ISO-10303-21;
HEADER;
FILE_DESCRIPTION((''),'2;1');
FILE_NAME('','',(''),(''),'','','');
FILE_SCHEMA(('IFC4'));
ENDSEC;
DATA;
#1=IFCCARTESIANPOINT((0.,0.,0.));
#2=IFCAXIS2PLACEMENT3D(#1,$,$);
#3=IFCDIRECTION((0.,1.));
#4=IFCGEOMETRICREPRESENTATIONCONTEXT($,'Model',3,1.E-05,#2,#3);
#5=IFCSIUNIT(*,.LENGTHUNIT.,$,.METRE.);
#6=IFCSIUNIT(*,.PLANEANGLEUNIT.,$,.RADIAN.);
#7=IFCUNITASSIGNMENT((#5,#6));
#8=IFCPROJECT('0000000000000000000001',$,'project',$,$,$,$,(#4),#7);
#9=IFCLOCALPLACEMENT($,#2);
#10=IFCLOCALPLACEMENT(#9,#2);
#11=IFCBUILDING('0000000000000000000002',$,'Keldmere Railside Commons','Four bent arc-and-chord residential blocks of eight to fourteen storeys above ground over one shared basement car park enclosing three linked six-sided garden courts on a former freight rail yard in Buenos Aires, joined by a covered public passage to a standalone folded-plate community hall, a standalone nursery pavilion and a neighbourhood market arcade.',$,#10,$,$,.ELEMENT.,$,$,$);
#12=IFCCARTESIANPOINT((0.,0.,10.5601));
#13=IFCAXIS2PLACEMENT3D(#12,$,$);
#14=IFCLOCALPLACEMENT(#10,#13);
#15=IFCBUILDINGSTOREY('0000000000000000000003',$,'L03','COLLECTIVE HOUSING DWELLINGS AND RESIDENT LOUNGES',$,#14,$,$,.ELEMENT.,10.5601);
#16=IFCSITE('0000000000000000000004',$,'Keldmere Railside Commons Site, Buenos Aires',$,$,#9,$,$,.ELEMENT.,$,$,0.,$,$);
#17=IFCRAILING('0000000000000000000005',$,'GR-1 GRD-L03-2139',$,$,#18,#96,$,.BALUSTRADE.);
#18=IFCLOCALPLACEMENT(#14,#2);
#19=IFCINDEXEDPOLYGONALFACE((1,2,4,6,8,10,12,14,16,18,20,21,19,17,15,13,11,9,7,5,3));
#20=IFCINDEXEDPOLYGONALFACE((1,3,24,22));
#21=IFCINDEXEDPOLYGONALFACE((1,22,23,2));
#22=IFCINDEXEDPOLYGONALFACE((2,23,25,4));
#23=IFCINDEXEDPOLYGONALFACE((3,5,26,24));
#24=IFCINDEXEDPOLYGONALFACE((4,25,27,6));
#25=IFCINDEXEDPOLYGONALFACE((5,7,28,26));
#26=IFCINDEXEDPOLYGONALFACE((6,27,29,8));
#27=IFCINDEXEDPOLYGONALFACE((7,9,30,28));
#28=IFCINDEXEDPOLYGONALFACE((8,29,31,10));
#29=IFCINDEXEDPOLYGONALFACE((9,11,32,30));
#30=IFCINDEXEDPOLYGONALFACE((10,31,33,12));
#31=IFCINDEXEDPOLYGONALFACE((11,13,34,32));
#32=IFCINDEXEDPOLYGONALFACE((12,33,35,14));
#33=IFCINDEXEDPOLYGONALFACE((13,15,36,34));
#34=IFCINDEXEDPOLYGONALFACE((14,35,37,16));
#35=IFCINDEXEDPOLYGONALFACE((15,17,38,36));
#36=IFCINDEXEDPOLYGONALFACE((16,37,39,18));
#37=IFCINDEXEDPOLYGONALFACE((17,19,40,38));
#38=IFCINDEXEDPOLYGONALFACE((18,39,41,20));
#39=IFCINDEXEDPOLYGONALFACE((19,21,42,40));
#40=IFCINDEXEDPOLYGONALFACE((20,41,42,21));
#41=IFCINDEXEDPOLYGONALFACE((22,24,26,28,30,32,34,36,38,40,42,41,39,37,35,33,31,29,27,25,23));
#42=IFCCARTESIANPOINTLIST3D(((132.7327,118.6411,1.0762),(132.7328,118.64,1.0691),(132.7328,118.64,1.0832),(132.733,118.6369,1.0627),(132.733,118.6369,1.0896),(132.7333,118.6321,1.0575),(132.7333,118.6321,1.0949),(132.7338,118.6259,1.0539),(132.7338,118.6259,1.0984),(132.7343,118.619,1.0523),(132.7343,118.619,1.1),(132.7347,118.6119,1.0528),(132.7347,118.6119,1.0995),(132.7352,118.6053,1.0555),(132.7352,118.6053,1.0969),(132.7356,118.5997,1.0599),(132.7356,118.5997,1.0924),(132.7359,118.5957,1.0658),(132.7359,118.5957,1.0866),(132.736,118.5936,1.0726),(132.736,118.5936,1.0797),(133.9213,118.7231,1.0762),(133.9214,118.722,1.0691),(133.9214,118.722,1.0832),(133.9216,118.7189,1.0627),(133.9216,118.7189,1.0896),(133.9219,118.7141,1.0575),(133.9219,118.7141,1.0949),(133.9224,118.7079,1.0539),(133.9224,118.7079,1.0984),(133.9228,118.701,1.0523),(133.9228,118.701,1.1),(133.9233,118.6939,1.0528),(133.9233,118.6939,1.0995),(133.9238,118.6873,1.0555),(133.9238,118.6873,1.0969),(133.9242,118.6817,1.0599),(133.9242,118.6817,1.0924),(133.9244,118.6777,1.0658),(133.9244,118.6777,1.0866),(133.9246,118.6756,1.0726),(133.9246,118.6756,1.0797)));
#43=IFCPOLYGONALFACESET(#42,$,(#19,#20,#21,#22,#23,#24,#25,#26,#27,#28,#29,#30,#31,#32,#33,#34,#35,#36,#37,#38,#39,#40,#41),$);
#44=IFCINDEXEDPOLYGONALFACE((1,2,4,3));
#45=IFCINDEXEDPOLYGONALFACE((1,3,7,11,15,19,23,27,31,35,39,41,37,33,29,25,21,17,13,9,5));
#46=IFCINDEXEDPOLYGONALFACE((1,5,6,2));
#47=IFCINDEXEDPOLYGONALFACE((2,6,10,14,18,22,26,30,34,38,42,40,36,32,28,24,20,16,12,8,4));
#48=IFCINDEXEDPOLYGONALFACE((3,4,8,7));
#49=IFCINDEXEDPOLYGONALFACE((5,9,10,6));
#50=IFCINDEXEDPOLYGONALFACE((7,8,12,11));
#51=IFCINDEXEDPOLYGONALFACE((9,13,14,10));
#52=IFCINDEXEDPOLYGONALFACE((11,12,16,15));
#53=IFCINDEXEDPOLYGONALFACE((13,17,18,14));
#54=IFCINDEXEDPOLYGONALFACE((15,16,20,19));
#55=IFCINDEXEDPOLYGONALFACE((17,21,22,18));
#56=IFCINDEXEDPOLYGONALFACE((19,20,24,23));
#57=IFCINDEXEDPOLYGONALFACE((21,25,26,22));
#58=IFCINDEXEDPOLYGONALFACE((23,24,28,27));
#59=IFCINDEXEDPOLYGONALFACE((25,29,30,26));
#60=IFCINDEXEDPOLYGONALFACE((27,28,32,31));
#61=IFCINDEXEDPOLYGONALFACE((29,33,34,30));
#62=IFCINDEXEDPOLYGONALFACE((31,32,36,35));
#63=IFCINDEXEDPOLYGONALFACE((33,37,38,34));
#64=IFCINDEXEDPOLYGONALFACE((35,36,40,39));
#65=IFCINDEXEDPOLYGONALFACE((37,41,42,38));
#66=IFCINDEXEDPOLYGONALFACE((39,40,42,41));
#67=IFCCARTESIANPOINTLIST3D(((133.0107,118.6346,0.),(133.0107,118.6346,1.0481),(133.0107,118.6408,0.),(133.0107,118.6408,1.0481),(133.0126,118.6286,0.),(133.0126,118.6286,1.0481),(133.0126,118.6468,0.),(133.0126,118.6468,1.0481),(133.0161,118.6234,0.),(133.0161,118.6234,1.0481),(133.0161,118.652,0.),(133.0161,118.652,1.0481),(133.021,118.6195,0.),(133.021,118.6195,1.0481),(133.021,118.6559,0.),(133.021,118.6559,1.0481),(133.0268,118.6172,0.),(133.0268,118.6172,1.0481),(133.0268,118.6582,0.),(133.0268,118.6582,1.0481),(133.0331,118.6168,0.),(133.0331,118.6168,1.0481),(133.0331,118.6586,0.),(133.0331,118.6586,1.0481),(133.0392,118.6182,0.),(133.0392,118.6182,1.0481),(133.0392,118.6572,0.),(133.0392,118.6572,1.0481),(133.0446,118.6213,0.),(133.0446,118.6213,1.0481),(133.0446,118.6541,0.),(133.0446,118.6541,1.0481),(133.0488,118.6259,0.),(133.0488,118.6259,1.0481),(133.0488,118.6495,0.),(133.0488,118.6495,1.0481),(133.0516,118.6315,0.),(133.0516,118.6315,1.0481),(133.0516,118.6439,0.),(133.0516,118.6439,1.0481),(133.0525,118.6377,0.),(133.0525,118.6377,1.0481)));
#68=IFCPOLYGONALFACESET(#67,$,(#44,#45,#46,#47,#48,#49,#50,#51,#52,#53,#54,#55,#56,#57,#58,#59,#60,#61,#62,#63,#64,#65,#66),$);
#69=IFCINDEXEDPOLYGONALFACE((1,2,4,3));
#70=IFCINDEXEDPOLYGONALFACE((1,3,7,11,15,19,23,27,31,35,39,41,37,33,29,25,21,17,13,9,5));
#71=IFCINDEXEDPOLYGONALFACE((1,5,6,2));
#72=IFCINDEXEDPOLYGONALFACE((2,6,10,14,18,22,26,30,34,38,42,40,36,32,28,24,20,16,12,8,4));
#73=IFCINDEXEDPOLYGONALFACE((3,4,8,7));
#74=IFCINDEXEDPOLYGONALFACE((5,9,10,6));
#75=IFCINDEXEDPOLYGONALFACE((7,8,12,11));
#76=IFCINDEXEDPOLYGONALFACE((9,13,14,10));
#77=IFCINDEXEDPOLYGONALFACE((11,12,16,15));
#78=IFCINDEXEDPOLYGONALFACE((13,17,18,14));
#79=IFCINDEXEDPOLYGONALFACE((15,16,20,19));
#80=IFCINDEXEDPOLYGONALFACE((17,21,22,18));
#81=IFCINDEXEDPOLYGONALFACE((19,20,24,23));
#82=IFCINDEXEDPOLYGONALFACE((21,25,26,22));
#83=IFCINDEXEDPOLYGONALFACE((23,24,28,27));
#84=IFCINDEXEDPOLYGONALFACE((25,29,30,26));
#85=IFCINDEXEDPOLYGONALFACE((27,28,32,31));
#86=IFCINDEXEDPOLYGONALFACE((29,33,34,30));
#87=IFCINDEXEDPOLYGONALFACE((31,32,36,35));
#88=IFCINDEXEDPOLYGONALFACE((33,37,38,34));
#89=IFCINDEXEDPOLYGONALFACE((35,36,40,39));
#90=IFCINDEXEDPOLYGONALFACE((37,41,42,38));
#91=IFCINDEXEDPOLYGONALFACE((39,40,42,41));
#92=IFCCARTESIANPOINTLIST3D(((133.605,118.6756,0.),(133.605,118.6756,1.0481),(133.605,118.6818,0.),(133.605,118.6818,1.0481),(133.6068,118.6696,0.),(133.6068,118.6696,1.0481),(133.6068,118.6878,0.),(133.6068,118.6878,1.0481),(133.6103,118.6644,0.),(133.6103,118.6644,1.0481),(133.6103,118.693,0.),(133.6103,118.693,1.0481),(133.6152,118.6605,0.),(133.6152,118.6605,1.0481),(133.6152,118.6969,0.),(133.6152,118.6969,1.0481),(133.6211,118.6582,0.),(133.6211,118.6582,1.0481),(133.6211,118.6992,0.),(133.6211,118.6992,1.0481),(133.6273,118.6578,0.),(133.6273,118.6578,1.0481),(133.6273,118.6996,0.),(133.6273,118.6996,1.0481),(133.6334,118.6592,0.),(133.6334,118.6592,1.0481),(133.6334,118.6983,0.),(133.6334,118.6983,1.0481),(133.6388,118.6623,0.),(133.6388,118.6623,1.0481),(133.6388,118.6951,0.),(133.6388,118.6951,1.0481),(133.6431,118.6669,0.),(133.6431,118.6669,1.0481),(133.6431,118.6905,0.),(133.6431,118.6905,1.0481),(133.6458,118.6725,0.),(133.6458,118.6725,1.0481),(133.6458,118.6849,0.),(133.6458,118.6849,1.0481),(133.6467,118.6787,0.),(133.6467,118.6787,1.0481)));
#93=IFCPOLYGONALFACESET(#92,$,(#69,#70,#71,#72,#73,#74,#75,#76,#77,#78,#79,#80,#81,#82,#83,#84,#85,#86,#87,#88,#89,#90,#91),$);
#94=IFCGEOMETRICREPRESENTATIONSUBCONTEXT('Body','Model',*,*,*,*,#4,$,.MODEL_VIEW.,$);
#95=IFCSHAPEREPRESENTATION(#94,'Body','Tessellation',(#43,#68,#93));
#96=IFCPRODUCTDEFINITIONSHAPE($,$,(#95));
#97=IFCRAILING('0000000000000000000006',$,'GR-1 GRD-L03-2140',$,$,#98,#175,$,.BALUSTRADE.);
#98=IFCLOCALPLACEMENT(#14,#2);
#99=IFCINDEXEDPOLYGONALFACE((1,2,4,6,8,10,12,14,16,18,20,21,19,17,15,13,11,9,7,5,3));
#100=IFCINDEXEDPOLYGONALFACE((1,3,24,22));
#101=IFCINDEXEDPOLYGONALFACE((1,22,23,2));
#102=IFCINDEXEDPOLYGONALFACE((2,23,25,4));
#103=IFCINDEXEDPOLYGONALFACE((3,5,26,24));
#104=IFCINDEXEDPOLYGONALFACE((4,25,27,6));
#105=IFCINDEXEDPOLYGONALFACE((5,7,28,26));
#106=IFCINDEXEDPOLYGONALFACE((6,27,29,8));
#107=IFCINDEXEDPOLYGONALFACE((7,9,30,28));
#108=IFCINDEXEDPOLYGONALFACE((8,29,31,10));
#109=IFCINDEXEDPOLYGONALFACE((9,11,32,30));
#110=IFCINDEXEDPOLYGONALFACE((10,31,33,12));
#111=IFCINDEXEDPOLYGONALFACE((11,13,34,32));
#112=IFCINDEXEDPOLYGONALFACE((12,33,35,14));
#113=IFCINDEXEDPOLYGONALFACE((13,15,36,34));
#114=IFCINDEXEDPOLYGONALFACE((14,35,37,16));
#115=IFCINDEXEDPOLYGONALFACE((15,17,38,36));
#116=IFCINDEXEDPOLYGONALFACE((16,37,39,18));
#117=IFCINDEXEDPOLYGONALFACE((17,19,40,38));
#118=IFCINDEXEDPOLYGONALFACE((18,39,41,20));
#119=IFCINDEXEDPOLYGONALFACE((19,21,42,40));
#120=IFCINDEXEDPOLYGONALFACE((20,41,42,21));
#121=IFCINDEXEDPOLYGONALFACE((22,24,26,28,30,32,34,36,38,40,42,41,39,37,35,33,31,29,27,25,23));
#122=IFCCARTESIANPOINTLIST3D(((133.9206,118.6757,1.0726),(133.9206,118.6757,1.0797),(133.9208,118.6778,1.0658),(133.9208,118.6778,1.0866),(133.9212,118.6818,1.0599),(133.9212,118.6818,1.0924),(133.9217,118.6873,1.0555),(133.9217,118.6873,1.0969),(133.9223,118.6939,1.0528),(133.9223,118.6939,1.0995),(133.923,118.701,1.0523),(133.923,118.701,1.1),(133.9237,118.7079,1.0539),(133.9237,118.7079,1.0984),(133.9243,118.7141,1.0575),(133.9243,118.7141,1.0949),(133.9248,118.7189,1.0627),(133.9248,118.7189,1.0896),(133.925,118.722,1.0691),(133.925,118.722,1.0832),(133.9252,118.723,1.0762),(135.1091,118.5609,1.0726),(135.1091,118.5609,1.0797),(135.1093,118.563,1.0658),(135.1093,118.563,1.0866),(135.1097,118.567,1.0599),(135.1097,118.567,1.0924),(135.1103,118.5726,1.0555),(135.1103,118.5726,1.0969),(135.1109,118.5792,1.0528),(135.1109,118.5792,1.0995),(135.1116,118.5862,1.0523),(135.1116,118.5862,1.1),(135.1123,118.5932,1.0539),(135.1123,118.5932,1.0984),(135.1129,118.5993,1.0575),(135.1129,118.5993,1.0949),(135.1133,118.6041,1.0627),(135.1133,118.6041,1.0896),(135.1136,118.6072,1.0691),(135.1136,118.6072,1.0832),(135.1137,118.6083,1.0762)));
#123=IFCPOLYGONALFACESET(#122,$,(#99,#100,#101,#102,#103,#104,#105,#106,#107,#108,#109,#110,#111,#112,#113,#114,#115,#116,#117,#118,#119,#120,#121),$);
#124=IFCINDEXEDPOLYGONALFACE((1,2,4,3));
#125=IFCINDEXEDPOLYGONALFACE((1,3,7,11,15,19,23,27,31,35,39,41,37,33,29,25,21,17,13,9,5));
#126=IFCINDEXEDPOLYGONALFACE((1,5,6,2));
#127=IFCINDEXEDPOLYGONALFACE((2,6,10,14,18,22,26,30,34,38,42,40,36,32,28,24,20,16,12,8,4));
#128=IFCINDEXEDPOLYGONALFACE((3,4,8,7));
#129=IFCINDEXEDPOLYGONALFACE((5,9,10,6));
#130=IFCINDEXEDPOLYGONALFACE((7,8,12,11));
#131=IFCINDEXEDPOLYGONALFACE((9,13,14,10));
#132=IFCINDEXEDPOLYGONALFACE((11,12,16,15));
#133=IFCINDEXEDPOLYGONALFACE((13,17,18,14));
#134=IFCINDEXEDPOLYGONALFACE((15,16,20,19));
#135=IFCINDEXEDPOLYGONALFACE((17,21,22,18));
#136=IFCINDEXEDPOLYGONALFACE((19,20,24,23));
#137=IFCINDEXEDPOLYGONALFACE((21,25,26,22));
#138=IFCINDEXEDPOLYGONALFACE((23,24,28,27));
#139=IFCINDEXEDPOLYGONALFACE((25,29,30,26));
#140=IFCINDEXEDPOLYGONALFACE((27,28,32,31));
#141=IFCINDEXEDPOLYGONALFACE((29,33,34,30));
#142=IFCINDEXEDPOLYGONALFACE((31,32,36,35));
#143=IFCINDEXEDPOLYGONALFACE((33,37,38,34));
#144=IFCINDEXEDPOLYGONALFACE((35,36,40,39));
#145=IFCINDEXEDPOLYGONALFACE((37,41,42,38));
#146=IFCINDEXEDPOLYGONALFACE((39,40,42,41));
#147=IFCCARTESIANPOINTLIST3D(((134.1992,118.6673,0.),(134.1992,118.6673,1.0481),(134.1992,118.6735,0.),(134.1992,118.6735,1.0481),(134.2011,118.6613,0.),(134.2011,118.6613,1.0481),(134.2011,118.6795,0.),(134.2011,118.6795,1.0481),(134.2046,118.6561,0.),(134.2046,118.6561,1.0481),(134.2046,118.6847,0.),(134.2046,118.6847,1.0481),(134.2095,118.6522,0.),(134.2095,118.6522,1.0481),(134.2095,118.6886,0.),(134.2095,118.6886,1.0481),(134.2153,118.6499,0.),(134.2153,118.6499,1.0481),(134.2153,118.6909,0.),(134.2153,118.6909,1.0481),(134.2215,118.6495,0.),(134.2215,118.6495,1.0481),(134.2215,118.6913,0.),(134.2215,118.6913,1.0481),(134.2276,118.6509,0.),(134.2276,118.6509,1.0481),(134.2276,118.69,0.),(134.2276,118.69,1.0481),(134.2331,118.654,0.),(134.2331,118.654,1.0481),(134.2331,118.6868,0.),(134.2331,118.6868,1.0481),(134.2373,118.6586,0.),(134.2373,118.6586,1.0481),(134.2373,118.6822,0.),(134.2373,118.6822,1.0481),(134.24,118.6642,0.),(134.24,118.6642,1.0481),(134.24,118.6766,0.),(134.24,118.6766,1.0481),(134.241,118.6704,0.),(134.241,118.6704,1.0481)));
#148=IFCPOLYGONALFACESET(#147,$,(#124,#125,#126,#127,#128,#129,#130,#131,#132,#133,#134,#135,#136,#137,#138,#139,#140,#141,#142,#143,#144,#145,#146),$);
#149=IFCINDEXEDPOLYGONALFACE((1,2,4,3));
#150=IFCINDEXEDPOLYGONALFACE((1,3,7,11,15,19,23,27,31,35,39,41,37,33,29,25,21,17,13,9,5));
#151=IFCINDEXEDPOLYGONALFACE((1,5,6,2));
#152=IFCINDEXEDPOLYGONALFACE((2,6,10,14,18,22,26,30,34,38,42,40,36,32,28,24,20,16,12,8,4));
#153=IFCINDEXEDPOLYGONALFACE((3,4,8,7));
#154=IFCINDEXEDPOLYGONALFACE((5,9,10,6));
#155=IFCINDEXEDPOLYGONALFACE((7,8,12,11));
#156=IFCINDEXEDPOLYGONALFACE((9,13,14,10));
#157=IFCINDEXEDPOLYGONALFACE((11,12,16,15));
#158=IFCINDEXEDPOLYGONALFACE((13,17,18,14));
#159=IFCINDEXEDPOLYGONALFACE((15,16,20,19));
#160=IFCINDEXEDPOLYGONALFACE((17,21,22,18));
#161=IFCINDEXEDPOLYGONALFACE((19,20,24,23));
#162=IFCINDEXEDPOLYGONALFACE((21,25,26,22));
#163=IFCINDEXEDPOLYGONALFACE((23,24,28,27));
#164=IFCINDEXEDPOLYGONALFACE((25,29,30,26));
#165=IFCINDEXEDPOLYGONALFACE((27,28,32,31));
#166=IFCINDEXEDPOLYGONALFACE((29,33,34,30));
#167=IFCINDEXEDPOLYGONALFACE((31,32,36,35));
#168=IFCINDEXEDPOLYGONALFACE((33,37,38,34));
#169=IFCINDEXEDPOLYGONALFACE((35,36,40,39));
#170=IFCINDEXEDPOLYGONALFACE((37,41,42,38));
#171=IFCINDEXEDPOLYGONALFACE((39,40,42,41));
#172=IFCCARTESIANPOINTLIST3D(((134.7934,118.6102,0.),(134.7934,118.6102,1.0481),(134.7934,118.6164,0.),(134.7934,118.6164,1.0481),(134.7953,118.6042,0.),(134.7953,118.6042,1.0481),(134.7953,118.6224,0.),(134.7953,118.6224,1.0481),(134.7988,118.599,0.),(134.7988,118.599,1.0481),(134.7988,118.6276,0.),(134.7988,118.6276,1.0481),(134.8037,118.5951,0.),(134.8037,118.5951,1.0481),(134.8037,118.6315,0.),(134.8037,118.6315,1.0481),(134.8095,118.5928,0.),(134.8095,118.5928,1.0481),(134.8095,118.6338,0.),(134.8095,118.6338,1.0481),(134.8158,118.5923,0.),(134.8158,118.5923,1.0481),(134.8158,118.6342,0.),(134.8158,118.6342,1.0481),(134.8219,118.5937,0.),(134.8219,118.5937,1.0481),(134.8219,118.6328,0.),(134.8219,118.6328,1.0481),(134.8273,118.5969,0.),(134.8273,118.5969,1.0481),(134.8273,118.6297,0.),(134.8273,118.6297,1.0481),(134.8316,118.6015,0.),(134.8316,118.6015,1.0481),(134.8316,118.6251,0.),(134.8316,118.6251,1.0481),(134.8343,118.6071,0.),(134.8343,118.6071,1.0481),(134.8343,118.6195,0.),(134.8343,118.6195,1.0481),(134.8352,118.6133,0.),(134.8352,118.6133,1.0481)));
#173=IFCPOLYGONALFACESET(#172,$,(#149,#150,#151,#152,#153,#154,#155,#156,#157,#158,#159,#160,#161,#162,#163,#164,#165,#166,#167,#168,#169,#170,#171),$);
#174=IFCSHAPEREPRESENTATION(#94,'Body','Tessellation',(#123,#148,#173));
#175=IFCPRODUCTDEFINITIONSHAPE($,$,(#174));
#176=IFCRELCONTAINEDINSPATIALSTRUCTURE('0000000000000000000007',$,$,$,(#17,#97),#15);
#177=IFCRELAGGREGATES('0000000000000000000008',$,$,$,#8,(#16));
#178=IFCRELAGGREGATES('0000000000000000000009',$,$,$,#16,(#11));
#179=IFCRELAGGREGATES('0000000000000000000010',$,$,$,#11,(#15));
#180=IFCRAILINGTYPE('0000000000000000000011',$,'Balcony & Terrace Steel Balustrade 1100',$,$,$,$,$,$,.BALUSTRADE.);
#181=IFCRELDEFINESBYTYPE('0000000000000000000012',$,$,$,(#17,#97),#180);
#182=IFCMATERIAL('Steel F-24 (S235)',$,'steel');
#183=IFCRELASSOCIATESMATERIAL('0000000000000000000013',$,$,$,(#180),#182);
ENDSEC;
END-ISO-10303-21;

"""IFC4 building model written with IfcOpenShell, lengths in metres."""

from ifc_helpers import new_model, si_unit, direction, frame, origin, origin_2d, place, context, subcontext, project, spatial, circle, extrude, material, type_object, element, save


model = new_model("IFC4")

# Units and contexts
model_context = context("Model", 3, precision=1e-05, world=origin(), true_north=direction((0.0, 1.0)))
body_context = subcontext(model_context, "Body", "Model", "MODEL_VIEW")
ifc_project = project(units=[si_unit("LENGTHUNIT", "METRE"), si_unit("PLANEANGLEUNIT", "RADIAN")], contexts=[model_context])

# Site, building, storey
site_placement = place(None, origin())
site = spatial("IfcSite", under=ifc_project, at=site_placement, Name="Keldmere Railside Commons Site, Buenos Aires", CompositionType="ELEMENT", RefElevation=0.0)
building_placement = place(site_placement, origin())
building = spatial("IfcBuilding", under=site, at=building_placement, Name="Keldmere Railside Commons", Description="Four bent arc-and-chord residential blocks of eight to fourteen storeys above ground over one shared basement car park enclosing three linked six-sided garden courts on a former freight rail yard in Buenos Aires, joined by a covered public passage to a standalone folded-plate community hall, a standalone nursery pavilion and a neighbourhood market arcade.", CompositionType="ELEMENT")
storey_placement = place(building_placement, frame((0.0, 0.0, 10.5601)))
storey = spatial("IfcBuildingStorey", under=building, at=storey_placement, Name="L03", Description="COLLECTIVE HOUSING DWELLINGS AND RESIDENT LOUNGES", CompositionType="ELEMENT", Elevation=10.5601)

# Railings
ifc_material_1 = material(Name="Steel F-24 (S235)", Category="steel")
railing_type = type_object("IfcRailingType", Name="Balcony & Terrace Steel Balustrade 1100", PredefinedType="BALUSTRADE", material=ifc_material_1)
railing_1_placement = place(storey_placement, frame((132.7344, 118.6172, 0.0)))
element("IfcRailing", 1, at=railing_1_placement, inside=storey, type_object=railing_type, Name="GR-1 GRD-L03-2139", PredefinedType="BALUSTRADE", context=body_context, shape_type="SweptSolid", body=[
    extrude(circle(Radius=0.0239, at=origin_2d()), frame((0.0, 0.0, 1.0762), z_axis=(0.997626, 0.068858, 0.0), x_axis=(-0.068858, 0.997626, 0.0)), (0.0, 0.0, 1.0), 1.1914),
    extrude(circle(Radius=0.021, at=origin_2d()), frame((0.2971, 0.0205, 0.0)), (0.0, 0.0, 1.0), 1.0481),
    extrude(circle(Radius=0.021, at=origin_2d()), frame((0.8914, 0.0615, 0.0)), (0.0, 0.0, 1.0), 1.0481),
])
railing_2_placement = place(storey_placement, frame((133.9229, 118.6992, 0.0)))
element("IfcRailing", 2, at=railing_2_placement, inside=storey, type_object=railing_type, Name="GR-1 GRD-L03-2140", PredefinedType="BALUSTRADE", context=body_context, shape_type="SweptSolid", body=[
    extrude(circle(Radius=0.0239, at=origin_2d()), frame((0.0, 0.0, 1.0762), z_axis=(0.995371, -0.096102, 0.0), x_axis=(0.096102, 0.995371, 0.0)), (0.0, 0.0, 1.0), 1.1941),
    extrude(circle(Radius=0.021, at=origin_2d()), frame((0.2971, -0.0288, 0.0)), (0.0, 0.0, 1.0), 1.0481),
    extrude(circle(Radius=0.021, at=origin_2d()), frame((0.8914, -0.0859, 0.0)), (0.0, 0.0, 1.0), 1.0481),
])

save(model, "model.ifc")
